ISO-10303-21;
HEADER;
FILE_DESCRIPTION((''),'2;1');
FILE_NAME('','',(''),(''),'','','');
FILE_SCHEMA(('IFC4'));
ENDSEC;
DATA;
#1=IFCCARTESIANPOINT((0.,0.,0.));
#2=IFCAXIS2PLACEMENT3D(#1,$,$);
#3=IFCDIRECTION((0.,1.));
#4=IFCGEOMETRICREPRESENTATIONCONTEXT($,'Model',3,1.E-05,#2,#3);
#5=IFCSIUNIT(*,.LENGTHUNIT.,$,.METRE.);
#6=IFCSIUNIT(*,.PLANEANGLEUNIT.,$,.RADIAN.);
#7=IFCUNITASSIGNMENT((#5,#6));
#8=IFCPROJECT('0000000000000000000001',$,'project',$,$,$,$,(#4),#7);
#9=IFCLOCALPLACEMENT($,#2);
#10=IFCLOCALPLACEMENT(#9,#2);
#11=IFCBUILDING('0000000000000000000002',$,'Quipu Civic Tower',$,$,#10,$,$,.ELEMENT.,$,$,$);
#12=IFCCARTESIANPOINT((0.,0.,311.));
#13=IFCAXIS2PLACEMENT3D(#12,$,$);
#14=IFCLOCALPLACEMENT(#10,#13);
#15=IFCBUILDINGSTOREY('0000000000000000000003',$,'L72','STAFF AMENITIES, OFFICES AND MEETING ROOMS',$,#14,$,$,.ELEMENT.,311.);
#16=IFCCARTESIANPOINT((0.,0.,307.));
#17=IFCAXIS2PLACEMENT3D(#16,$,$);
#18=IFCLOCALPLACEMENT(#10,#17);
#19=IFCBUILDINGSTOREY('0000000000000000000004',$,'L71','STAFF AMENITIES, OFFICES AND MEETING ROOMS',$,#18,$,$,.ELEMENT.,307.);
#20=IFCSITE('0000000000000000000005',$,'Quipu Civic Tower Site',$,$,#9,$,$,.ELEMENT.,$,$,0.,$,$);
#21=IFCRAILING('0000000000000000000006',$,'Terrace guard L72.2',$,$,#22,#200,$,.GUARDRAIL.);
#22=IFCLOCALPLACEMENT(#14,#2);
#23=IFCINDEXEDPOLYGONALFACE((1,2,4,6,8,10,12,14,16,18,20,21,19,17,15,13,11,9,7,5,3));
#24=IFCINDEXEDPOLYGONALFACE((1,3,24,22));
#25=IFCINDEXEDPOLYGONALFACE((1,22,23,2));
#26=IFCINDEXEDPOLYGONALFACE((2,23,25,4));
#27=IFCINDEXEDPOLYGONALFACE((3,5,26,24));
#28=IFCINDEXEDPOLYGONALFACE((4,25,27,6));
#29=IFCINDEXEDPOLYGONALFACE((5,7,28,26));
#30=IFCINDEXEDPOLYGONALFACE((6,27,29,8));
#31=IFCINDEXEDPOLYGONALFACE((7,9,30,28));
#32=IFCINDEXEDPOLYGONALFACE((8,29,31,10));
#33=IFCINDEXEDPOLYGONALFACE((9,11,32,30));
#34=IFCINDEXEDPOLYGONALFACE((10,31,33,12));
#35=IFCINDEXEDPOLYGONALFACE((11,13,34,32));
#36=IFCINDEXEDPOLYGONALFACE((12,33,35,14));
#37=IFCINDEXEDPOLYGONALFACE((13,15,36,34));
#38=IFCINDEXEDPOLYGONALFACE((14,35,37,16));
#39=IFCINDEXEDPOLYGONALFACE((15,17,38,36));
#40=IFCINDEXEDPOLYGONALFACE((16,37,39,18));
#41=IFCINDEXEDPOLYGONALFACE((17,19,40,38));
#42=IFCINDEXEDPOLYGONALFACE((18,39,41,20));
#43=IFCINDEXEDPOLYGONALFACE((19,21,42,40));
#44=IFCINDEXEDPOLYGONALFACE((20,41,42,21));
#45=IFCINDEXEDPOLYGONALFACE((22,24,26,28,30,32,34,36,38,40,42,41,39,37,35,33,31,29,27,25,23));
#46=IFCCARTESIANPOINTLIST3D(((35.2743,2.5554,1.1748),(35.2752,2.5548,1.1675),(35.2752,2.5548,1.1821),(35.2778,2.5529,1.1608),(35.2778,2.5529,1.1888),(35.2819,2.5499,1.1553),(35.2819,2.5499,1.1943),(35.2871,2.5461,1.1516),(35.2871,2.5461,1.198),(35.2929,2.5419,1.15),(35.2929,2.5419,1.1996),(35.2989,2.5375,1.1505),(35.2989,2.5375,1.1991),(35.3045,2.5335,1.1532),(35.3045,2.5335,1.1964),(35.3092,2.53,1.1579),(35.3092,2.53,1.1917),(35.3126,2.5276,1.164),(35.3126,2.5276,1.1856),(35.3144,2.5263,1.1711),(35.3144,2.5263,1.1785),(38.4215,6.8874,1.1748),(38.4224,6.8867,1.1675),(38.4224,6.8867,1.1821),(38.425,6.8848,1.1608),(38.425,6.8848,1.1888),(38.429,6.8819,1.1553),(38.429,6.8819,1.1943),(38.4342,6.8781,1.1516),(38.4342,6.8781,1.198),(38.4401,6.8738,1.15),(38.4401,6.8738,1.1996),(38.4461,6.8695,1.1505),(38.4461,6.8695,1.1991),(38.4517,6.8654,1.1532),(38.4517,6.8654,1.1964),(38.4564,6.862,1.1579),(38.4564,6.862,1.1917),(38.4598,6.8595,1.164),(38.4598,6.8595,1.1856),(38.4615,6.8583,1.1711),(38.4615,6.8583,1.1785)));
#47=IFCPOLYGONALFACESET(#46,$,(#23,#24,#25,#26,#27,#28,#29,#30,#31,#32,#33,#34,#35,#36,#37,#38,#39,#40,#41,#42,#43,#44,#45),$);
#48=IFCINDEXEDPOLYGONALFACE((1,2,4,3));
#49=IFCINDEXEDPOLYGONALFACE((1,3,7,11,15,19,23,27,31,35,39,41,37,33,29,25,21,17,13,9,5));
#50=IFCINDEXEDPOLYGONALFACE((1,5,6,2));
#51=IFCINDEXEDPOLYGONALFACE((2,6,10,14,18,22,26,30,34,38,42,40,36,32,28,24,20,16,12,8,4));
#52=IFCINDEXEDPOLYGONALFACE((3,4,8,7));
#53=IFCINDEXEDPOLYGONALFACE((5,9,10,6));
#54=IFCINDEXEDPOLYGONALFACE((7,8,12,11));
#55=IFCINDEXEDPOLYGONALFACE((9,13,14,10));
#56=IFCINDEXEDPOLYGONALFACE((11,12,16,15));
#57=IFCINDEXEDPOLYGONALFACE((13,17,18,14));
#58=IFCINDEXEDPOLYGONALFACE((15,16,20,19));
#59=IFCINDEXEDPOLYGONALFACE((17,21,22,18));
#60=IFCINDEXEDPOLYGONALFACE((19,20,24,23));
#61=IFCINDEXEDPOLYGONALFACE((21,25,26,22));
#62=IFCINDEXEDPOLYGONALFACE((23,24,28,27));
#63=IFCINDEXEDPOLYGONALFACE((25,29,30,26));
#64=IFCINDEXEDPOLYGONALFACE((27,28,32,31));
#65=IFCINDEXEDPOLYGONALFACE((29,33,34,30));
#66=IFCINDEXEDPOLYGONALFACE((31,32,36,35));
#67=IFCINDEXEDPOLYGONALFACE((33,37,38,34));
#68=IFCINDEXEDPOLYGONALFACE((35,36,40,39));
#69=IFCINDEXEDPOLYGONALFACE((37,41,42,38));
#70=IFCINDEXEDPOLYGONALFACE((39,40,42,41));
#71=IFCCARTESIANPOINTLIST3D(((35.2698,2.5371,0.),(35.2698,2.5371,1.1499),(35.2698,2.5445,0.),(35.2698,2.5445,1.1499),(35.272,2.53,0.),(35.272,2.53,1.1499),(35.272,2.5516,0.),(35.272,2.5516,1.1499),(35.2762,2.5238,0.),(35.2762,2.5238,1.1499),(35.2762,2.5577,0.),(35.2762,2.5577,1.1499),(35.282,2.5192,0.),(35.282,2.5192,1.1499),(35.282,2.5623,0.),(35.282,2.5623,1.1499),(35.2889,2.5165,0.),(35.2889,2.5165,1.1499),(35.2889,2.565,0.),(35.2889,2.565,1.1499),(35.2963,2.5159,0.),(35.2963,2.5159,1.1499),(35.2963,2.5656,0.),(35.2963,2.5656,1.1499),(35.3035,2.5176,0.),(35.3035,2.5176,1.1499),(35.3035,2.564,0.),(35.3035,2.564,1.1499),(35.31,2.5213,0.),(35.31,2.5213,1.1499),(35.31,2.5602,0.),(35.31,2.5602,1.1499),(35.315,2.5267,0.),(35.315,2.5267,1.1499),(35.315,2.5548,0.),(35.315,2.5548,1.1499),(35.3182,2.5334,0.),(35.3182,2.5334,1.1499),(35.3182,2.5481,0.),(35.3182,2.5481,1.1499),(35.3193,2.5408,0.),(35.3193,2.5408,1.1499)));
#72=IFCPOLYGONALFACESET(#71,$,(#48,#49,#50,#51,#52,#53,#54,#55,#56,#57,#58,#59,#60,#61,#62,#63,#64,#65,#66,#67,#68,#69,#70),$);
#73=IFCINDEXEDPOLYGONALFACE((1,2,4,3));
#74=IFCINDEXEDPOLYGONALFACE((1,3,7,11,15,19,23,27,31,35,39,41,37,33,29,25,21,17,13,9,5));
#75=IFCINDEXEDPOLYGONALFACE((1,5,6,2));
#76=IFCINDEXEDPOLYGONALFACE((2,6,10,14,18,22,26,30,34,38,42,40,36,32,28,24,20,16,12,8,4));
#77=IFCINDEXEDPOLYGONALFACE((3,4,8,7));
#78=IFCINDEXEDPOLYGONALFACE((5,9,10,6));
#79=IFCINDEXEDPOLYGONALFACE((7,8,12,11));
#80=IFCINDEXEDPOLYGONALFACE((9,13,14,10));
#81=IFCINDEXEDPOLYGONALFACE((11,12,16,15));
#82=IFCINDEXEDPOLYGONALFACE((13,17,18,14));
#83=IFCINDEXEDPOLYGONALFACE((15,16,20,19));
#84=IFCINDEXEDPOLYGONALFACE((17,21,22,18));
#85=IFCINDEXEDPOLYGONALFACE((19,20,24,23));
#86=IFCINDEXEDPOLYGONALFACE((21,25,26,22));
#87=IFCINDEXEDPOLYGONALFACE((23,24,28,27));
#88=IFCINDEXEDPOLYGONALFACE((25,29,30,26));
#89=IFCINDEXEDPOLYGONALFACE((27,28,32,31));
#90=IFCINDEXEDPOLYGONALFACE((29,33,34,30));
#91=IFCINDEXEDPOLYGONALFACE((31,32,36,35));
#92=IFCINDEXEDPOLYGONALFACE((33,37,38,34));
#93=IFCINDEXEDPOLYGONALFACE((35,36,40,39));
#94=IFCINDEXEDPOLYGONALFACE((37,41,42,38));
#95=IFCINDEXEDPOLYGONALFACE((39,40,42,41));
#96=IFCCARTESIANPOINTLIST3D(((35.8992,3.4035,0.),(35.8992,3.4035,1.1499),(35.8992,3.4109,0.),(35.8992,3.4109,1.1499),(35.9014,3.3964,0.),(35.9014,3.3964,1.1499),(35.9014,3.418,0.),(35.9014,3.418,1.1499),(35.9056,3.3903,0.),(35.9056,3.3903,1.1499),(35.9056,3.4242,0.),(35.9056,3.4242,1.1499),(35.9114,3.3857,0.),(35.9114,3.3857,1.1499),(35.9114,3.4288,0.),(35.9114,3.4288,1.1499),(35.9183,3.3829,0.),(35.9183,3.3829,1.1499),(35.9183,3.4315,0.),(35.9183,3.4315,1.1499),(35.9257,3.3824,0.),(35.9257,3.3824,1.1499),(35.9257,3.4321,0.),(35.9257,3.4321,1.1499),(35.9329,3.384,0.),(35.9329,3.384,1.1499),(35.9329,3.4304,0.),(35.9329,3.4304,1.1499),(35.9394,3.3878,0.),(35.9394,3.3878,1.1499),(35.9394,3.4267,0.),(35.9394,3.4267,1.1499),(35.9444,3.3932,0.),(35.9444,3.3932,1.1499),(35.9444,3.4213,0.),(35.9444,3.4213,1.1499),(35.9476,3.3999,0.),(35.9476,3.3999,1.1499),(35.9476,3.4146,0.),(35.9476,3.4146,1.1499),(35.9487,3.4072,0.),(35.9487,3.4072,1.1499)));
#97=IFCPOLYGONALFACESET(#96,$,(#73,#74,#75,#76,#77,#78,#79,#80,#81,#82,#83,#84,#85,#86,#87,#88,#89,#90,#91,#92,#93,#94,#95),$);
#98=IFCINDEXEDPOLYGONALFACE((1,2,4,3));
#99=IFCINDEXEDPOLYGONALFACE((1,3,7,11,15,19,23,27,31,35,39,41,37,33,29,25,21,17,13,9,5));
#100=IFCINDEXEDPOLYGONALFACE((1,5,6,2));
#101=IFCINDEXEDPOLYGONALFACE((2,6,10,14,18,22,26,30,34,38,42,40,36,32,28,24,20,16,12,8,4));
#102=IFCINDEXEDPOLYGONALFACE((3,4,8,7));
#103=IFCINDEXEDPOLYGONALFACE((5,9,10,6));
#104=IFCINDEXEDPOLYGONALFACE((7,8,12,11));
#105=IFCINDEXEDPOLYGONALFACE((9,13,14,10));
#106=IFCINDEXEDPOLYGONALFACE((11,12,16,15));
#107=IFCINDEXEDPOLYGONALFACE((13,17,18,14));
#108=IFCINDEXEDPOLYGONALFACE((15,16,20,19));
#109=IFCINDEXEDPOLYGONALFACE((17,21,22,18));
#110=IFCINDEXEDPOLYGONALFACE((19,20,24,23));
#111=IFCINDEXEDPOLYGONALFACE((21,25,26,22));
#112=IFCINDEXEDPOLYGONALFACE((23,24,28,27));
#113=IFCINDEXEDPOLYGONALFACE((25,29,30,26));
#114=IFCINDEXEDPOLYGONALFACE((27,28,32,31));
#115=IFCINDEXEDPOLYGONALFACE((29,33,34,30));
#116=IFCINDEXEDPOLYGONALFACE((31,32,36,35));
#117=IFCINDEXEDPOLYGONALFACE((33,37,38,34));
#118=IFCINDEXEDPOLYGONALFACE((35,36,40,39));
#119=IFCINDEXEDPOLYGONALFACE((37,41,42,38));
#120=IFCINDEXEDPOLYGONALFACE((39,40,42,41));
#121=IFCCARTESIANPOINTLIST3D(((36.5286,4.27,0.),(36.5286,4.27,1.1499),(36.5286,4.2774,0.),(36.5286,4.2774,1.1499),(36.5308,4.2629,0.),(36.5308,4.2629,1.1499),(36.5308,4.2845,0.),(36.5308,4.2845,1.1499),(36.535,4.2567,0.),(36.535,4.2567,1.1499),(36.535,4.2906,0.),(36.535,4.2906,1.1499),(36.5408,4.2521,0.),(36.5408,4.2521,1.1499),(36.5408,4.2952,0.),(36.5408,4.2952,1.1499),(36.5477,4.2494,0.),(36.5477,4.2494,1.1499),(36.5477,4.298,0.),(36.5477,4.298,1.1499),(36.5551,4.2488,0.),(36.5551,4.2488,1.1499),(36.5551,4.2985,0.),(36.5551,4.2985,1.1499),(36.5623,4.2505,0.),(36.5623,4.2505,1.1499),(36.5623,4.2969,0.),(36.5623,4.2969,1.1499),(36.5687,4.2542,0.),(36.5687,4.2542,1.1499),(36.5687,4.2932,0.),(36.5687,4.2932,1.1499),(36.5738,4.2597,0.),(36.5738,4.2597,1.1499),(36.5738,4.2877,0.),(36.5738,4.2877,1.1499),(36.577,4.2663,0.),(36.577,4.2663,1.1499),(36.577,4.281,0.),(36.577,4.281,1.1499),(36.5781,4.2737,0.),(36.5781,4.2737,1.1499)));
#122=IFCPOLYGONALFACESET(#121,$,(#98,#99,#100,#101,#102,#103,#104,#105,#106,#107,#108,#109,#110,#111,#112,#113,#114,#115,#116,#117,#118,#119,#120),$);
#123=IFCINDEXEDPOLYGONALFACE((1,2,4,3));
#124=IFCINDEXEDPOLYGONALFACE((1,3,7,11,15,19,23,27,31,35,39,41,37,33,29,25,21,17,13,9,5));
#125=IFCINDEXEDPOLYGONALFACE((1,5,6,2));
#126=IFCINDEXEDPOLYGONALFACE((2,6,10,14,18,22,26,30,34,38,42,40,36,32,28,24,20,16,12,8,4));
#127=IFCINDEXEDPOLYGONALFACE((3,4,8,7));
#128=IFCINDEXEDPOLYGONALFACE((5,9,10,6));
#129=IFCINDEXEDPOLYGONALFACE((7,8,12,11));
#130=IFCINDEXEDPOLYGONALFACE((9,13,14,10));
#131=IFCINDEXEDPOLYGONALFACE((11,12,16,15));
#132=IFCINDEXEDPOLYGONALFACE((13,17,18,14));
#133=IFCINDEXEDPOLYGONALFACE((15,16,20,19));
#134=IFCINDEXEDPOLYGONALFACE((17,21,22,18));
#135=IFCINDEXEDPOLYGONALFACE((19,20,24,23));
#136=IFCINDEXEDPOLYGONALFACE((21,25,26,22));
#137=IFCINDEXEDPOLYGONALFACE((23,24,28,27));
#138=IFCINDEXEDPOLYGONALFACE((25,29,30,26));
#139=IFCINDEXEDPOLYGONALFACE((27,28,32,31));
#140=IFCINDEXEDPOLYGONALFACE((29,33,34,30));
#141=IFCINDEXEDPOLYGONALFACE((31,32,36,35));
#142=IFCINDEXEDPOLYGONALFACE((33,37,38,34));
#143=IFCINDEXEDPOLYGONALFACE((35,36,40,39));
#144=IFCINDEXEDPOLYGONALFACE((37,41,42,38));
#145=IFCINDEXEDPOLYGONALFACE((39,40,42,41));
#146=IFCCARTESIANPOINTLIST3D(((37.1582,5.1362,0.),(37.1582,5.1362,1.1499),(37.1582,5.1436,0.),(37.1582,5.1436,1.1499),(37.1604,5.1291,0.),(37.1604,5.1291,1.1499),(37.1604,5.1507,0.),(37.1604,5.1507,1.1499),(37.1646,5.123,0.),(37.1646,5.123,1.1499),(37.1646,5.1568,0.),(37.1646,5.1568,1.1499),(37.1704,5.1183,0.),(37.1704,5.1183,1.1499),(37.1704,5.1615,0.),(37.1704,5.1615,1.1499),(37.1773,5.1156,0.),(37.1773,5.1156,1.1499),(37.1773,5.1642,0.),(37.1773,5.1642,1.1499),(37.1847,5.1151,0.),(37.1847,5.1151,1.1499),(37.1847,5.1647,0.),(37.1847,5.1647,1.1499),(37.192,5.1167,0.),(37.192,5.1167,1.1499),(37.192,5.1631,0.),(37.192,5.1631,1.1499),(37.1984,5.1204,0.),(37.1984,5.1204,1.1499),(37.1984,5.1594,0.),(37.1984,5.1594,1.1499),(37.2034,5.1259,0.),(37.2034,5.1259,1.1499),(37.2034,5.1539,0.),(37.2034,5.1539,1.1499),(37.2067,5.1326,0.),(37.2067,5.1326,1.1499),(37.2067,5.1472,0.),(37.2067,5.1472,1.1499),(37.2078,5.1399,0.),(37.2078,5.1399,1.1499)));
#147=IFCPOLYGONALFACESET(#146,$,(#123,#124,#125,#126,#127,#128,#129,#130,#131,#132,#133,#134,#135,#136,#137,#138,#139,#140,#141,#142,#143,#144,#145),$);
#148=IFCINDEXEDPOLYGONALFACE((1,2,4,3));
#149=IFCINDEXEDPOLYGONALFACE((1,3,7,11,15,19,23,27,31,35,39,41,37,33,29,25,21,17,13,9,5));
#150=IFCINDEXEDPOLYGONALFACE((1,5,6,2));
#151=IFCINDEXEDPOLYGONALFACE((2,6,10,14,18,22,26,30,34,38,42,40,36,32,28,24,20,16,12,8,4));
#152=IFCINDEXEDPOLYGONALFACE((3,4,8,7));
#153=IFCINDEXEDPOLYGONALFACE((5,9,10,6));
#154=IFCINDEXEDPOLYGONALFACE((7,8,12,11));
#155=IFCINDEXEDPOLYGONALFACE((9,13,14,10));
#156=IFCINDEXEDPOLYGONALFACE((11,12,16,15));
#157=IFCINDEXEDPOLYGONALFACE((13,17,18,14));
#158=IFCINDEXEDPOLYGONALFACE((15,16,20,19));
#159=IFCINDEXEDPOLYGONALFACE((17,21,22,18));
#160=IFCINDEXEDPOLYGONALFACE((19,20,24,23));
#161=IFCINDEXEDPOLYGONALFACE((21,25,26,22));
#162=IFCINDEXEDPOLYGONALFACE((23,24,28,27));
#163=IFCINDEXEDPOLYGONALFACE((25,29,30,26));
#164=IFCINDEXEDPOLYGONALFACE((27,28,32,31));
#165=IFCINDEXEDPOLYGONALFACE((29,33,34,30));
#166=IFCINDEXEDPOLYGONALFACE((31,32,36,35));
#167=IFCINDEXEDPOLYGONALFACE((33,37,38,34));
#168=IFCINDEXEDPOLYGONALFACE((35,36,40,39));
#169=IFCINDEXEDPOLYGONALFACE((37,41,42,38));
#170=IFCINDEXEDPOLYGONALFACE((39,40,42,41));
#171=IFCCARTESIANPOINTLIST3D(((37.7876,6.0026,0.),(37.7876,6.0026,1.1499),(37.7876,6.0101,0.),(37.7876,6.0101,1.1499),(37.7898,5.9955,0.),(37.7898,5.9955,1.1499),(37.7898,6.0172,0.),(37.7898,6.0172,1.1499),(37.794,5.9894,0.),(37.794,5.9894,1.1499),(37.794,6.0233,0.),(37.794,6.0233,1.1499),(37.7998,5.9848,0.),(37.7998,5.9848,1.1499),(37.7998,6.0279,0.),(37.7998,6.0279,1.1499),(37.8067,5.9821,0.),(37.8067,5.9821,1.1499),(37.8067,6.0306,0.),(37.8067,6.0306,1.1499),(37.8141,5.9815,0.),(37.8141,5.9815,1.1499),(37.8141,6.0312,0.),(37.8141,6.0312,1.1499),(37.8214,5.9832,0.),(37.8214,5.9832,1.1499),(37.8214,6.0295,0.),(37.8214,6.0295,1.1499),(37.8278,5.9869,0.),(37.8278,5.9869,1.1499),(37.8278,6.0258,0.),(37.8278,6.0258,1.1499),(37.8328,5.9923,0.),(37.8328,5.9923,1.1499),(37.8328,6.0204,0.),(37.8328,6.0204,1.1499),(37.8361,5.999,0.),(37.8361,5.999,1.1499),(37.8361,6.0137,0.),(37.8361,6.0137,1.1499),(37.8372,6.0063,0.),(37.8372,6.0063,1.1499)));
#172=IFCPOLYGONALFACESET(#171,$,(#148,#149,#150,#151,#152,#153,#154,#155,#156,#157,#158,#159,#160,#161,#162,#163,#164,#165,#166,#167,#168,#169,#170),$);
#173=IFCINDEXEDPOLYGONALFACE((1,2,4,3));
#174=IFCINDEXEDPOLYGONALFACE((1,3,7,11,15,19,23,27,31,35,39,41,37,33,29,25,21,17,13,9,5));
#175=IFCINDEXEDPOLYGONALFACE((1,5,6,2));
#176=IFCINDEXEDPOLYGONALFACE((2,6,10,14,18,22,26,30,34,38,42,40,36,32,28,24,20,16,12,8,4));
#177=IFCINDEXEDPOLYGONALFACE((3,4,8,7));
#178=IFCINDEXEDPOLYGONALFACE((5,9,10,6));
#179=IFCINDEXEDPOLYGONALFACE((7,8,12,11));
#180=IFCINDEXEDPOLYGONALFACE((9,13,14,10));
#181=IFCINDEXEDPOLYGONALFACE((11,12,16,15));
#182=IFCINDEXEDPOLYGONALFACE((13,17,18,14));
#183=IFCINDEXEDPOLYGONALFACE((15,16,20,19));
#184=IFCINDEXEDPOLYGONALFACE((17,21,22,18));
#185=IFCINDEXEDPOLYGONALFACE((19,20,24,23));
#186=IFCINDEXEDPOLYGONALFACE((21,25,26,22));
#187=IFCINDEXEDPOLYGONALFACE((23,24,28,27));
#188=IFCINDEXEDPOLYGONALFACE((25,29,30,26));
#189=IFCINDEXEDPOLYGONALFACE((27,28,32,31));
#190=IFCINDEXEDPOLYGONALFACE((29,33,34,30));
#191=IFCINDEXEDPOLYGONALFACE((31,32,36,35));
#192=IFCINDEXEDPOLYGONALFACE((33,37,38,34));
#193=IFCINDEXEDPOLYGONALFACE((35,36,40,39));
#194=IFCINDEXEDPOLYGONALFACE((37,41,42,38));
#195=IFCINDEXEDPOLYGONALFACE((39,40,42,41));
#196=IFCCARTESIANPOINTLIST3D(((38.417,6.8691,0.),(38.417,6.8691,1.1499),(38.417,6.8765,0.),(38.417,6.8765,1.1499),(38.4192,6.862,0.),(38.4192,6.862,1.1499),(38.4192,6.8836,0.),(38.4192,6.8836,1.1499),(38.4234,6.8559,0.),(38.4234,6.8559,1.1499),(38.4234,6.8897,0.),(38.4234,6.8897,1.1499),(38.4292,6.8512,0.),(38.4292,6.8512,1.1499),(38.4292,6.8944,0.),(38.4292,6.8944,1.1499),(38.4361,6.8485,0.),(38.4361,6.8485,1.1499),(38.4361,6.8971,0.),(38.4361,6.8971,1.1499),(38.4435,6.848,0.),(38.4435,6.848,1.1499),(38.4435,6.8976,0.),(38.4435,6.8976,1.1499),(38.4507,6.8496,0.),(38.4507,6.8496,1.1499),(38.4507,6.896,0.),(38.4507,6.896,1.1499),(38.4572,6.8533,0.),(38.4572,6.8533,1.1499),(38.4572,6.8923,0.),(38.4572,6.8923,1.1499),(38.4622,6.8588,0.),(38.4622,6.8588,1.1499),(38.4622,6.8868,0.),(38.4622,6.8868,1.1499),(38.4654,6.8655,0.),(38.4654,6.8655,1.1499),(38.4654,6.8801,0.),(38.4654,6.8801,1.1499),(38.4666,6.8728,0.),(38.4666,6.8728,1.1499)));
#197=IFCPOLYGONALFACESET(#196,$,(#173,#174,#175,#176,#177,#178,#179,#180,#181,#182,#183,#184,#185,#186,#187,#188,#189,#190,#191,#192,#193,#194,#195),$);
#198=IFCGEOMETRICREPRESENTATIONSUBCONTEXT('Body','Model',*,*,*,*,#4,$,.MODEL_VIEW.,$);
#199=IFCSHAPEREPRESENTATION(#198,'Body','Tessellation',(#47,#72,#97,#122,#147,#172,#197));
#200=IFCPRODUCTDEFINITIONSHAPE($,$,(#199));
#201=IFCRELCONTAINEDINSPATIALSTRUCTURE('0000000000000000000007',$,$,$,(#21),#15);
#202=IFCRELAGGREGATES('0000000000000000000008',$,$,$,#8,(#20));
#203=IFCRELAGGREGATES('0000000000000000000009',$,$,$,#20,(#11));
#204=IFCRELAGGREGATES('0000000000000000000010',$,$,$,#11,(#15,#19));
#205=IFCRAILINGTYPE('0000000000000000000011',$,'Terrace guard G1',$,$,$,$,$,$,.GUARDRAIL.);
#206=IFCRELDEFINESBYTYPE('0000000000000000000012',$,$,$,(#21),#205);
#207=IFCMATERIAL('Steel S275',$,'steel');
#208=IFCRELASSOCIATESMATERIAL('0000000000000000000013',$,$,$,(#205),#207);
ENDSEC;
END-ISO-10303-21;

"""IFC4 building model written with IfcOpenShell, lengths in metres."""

from ifc_helpers import new_model, si_unit, direction, frame, origin, origin_2d, place, context, subcontext, project, spatial, circle, extrude, material, type_object, element, save


model = new_model("IFC4")

# Units and contexts
model_context = context("Model", 3, precision=1e-05, world=origin(), true_north=direction((0.0, 1.0)))
body_context = subcontext(model_context, "Body", "Model", "MODEL_VIEW")
ifc_project = project(units=[si_unit("LENGTHUNIT", "METRE"), si_unit("PLANEANGLEUNIT", "RADIAN")], contexts=[model_context])

# Site, building, storey
site_placement = place(None, origin())
site = spatial("IfcSite", under=ifc_project, at=site_placement, Name="Quipu Civic Tower Site", CompositionType="ELEMENT", RefElevation=0.0)
building_placement = place(site_placement, origin())
building = spatial("IfcBuilding", under=site, at=building_placement, Name="Quipu Civic Tower", CompositionType="ELEMENT")
storey_1_placement = place(building_placement, frame((0.0, 0.0, 311.0)))
storey_1 = spatial("IfcBuildingStorey", under=building, at=storey_1_placement, Name="L72", Description="STAFF AMENITIES, OFFICES AND MEETING ROOMS", CompositionType="ELEMENT", Elevation=311.0)

# Shared definitions
storey_2_placement = place(building_placement, frame((0.0, 0.0, 307.0)))
storey_2 = spatial("IfcBuildingStorey", under=building, at=storey_2_placement, Name="L71", Description="STAFF AMENITIES, OFFICES AND MEETING ROOMS", CompositionType="ELEMENT", Elevation=307.0)

# Railing
ifc_material_1 = material(Name="Steel S275", Category="steel")
railing_type = type_object("IfcRailingType", Name="Terrace guard G1", PredefinedType="GUARDRAIL", material=ifc_material_1)
railing_1_placement = place(storey_1_placement, frame((35.2944, 2.5408, 0.0)))
element("IfcRailing", 1, at=railing_1_placement, inside=storey_1, type_object=railing_type, Name="Terrace guard L72.2", PredefinedType="GUARDRAIL", context=body_context, shape_type="SweptSolid", body=[
    extrude(circle(Radius=0.0249, at=origin_2d()), frame((0.0, 0.0, 1.1748), z_axis=(0.587762, 0.809034, 0.0), x_axis=(-0.809034, 0.587762, 0.0)), (0.0, 0.0, 1.0), 5.3545),
    extrude(circle(Radius=0.0249, at=origin_2d()), origin(), (0.0, 0.0, 1.0), 1.1499),
    extrude(circle(Radius=0.0249, at=origin_2d()), frame((0.6294, 0.8665, 0.0)), (0.0, 0.0, 1.0), 1.1499),
    extrude(circle(Radius=0.0249, at=origin_2d()), frame((1.2588, 1.7329, 0.0)), (0.0, 0.0, 1.0), 1.1499),
    extrude(circle(Radius=0.0249, at=origin_2d()), frame((1.8884, 2.5991, 0.0)), (0.0, 0.0, 1.0), 1.1499),
    extrude(circle(Radius=0.0249, at=origin_2d()), frame((2.5178, 3.4656, 0.0)), (0.0, 0.0, 1.0), 1.1499),
    extrude(circle(Radius=0.0249, at=origin_2d()), frame((3.1472, 4.332, 0.0)), (0.0, 0.0, 1.0), 1.1499),
])

save(model, "model.ifc")
